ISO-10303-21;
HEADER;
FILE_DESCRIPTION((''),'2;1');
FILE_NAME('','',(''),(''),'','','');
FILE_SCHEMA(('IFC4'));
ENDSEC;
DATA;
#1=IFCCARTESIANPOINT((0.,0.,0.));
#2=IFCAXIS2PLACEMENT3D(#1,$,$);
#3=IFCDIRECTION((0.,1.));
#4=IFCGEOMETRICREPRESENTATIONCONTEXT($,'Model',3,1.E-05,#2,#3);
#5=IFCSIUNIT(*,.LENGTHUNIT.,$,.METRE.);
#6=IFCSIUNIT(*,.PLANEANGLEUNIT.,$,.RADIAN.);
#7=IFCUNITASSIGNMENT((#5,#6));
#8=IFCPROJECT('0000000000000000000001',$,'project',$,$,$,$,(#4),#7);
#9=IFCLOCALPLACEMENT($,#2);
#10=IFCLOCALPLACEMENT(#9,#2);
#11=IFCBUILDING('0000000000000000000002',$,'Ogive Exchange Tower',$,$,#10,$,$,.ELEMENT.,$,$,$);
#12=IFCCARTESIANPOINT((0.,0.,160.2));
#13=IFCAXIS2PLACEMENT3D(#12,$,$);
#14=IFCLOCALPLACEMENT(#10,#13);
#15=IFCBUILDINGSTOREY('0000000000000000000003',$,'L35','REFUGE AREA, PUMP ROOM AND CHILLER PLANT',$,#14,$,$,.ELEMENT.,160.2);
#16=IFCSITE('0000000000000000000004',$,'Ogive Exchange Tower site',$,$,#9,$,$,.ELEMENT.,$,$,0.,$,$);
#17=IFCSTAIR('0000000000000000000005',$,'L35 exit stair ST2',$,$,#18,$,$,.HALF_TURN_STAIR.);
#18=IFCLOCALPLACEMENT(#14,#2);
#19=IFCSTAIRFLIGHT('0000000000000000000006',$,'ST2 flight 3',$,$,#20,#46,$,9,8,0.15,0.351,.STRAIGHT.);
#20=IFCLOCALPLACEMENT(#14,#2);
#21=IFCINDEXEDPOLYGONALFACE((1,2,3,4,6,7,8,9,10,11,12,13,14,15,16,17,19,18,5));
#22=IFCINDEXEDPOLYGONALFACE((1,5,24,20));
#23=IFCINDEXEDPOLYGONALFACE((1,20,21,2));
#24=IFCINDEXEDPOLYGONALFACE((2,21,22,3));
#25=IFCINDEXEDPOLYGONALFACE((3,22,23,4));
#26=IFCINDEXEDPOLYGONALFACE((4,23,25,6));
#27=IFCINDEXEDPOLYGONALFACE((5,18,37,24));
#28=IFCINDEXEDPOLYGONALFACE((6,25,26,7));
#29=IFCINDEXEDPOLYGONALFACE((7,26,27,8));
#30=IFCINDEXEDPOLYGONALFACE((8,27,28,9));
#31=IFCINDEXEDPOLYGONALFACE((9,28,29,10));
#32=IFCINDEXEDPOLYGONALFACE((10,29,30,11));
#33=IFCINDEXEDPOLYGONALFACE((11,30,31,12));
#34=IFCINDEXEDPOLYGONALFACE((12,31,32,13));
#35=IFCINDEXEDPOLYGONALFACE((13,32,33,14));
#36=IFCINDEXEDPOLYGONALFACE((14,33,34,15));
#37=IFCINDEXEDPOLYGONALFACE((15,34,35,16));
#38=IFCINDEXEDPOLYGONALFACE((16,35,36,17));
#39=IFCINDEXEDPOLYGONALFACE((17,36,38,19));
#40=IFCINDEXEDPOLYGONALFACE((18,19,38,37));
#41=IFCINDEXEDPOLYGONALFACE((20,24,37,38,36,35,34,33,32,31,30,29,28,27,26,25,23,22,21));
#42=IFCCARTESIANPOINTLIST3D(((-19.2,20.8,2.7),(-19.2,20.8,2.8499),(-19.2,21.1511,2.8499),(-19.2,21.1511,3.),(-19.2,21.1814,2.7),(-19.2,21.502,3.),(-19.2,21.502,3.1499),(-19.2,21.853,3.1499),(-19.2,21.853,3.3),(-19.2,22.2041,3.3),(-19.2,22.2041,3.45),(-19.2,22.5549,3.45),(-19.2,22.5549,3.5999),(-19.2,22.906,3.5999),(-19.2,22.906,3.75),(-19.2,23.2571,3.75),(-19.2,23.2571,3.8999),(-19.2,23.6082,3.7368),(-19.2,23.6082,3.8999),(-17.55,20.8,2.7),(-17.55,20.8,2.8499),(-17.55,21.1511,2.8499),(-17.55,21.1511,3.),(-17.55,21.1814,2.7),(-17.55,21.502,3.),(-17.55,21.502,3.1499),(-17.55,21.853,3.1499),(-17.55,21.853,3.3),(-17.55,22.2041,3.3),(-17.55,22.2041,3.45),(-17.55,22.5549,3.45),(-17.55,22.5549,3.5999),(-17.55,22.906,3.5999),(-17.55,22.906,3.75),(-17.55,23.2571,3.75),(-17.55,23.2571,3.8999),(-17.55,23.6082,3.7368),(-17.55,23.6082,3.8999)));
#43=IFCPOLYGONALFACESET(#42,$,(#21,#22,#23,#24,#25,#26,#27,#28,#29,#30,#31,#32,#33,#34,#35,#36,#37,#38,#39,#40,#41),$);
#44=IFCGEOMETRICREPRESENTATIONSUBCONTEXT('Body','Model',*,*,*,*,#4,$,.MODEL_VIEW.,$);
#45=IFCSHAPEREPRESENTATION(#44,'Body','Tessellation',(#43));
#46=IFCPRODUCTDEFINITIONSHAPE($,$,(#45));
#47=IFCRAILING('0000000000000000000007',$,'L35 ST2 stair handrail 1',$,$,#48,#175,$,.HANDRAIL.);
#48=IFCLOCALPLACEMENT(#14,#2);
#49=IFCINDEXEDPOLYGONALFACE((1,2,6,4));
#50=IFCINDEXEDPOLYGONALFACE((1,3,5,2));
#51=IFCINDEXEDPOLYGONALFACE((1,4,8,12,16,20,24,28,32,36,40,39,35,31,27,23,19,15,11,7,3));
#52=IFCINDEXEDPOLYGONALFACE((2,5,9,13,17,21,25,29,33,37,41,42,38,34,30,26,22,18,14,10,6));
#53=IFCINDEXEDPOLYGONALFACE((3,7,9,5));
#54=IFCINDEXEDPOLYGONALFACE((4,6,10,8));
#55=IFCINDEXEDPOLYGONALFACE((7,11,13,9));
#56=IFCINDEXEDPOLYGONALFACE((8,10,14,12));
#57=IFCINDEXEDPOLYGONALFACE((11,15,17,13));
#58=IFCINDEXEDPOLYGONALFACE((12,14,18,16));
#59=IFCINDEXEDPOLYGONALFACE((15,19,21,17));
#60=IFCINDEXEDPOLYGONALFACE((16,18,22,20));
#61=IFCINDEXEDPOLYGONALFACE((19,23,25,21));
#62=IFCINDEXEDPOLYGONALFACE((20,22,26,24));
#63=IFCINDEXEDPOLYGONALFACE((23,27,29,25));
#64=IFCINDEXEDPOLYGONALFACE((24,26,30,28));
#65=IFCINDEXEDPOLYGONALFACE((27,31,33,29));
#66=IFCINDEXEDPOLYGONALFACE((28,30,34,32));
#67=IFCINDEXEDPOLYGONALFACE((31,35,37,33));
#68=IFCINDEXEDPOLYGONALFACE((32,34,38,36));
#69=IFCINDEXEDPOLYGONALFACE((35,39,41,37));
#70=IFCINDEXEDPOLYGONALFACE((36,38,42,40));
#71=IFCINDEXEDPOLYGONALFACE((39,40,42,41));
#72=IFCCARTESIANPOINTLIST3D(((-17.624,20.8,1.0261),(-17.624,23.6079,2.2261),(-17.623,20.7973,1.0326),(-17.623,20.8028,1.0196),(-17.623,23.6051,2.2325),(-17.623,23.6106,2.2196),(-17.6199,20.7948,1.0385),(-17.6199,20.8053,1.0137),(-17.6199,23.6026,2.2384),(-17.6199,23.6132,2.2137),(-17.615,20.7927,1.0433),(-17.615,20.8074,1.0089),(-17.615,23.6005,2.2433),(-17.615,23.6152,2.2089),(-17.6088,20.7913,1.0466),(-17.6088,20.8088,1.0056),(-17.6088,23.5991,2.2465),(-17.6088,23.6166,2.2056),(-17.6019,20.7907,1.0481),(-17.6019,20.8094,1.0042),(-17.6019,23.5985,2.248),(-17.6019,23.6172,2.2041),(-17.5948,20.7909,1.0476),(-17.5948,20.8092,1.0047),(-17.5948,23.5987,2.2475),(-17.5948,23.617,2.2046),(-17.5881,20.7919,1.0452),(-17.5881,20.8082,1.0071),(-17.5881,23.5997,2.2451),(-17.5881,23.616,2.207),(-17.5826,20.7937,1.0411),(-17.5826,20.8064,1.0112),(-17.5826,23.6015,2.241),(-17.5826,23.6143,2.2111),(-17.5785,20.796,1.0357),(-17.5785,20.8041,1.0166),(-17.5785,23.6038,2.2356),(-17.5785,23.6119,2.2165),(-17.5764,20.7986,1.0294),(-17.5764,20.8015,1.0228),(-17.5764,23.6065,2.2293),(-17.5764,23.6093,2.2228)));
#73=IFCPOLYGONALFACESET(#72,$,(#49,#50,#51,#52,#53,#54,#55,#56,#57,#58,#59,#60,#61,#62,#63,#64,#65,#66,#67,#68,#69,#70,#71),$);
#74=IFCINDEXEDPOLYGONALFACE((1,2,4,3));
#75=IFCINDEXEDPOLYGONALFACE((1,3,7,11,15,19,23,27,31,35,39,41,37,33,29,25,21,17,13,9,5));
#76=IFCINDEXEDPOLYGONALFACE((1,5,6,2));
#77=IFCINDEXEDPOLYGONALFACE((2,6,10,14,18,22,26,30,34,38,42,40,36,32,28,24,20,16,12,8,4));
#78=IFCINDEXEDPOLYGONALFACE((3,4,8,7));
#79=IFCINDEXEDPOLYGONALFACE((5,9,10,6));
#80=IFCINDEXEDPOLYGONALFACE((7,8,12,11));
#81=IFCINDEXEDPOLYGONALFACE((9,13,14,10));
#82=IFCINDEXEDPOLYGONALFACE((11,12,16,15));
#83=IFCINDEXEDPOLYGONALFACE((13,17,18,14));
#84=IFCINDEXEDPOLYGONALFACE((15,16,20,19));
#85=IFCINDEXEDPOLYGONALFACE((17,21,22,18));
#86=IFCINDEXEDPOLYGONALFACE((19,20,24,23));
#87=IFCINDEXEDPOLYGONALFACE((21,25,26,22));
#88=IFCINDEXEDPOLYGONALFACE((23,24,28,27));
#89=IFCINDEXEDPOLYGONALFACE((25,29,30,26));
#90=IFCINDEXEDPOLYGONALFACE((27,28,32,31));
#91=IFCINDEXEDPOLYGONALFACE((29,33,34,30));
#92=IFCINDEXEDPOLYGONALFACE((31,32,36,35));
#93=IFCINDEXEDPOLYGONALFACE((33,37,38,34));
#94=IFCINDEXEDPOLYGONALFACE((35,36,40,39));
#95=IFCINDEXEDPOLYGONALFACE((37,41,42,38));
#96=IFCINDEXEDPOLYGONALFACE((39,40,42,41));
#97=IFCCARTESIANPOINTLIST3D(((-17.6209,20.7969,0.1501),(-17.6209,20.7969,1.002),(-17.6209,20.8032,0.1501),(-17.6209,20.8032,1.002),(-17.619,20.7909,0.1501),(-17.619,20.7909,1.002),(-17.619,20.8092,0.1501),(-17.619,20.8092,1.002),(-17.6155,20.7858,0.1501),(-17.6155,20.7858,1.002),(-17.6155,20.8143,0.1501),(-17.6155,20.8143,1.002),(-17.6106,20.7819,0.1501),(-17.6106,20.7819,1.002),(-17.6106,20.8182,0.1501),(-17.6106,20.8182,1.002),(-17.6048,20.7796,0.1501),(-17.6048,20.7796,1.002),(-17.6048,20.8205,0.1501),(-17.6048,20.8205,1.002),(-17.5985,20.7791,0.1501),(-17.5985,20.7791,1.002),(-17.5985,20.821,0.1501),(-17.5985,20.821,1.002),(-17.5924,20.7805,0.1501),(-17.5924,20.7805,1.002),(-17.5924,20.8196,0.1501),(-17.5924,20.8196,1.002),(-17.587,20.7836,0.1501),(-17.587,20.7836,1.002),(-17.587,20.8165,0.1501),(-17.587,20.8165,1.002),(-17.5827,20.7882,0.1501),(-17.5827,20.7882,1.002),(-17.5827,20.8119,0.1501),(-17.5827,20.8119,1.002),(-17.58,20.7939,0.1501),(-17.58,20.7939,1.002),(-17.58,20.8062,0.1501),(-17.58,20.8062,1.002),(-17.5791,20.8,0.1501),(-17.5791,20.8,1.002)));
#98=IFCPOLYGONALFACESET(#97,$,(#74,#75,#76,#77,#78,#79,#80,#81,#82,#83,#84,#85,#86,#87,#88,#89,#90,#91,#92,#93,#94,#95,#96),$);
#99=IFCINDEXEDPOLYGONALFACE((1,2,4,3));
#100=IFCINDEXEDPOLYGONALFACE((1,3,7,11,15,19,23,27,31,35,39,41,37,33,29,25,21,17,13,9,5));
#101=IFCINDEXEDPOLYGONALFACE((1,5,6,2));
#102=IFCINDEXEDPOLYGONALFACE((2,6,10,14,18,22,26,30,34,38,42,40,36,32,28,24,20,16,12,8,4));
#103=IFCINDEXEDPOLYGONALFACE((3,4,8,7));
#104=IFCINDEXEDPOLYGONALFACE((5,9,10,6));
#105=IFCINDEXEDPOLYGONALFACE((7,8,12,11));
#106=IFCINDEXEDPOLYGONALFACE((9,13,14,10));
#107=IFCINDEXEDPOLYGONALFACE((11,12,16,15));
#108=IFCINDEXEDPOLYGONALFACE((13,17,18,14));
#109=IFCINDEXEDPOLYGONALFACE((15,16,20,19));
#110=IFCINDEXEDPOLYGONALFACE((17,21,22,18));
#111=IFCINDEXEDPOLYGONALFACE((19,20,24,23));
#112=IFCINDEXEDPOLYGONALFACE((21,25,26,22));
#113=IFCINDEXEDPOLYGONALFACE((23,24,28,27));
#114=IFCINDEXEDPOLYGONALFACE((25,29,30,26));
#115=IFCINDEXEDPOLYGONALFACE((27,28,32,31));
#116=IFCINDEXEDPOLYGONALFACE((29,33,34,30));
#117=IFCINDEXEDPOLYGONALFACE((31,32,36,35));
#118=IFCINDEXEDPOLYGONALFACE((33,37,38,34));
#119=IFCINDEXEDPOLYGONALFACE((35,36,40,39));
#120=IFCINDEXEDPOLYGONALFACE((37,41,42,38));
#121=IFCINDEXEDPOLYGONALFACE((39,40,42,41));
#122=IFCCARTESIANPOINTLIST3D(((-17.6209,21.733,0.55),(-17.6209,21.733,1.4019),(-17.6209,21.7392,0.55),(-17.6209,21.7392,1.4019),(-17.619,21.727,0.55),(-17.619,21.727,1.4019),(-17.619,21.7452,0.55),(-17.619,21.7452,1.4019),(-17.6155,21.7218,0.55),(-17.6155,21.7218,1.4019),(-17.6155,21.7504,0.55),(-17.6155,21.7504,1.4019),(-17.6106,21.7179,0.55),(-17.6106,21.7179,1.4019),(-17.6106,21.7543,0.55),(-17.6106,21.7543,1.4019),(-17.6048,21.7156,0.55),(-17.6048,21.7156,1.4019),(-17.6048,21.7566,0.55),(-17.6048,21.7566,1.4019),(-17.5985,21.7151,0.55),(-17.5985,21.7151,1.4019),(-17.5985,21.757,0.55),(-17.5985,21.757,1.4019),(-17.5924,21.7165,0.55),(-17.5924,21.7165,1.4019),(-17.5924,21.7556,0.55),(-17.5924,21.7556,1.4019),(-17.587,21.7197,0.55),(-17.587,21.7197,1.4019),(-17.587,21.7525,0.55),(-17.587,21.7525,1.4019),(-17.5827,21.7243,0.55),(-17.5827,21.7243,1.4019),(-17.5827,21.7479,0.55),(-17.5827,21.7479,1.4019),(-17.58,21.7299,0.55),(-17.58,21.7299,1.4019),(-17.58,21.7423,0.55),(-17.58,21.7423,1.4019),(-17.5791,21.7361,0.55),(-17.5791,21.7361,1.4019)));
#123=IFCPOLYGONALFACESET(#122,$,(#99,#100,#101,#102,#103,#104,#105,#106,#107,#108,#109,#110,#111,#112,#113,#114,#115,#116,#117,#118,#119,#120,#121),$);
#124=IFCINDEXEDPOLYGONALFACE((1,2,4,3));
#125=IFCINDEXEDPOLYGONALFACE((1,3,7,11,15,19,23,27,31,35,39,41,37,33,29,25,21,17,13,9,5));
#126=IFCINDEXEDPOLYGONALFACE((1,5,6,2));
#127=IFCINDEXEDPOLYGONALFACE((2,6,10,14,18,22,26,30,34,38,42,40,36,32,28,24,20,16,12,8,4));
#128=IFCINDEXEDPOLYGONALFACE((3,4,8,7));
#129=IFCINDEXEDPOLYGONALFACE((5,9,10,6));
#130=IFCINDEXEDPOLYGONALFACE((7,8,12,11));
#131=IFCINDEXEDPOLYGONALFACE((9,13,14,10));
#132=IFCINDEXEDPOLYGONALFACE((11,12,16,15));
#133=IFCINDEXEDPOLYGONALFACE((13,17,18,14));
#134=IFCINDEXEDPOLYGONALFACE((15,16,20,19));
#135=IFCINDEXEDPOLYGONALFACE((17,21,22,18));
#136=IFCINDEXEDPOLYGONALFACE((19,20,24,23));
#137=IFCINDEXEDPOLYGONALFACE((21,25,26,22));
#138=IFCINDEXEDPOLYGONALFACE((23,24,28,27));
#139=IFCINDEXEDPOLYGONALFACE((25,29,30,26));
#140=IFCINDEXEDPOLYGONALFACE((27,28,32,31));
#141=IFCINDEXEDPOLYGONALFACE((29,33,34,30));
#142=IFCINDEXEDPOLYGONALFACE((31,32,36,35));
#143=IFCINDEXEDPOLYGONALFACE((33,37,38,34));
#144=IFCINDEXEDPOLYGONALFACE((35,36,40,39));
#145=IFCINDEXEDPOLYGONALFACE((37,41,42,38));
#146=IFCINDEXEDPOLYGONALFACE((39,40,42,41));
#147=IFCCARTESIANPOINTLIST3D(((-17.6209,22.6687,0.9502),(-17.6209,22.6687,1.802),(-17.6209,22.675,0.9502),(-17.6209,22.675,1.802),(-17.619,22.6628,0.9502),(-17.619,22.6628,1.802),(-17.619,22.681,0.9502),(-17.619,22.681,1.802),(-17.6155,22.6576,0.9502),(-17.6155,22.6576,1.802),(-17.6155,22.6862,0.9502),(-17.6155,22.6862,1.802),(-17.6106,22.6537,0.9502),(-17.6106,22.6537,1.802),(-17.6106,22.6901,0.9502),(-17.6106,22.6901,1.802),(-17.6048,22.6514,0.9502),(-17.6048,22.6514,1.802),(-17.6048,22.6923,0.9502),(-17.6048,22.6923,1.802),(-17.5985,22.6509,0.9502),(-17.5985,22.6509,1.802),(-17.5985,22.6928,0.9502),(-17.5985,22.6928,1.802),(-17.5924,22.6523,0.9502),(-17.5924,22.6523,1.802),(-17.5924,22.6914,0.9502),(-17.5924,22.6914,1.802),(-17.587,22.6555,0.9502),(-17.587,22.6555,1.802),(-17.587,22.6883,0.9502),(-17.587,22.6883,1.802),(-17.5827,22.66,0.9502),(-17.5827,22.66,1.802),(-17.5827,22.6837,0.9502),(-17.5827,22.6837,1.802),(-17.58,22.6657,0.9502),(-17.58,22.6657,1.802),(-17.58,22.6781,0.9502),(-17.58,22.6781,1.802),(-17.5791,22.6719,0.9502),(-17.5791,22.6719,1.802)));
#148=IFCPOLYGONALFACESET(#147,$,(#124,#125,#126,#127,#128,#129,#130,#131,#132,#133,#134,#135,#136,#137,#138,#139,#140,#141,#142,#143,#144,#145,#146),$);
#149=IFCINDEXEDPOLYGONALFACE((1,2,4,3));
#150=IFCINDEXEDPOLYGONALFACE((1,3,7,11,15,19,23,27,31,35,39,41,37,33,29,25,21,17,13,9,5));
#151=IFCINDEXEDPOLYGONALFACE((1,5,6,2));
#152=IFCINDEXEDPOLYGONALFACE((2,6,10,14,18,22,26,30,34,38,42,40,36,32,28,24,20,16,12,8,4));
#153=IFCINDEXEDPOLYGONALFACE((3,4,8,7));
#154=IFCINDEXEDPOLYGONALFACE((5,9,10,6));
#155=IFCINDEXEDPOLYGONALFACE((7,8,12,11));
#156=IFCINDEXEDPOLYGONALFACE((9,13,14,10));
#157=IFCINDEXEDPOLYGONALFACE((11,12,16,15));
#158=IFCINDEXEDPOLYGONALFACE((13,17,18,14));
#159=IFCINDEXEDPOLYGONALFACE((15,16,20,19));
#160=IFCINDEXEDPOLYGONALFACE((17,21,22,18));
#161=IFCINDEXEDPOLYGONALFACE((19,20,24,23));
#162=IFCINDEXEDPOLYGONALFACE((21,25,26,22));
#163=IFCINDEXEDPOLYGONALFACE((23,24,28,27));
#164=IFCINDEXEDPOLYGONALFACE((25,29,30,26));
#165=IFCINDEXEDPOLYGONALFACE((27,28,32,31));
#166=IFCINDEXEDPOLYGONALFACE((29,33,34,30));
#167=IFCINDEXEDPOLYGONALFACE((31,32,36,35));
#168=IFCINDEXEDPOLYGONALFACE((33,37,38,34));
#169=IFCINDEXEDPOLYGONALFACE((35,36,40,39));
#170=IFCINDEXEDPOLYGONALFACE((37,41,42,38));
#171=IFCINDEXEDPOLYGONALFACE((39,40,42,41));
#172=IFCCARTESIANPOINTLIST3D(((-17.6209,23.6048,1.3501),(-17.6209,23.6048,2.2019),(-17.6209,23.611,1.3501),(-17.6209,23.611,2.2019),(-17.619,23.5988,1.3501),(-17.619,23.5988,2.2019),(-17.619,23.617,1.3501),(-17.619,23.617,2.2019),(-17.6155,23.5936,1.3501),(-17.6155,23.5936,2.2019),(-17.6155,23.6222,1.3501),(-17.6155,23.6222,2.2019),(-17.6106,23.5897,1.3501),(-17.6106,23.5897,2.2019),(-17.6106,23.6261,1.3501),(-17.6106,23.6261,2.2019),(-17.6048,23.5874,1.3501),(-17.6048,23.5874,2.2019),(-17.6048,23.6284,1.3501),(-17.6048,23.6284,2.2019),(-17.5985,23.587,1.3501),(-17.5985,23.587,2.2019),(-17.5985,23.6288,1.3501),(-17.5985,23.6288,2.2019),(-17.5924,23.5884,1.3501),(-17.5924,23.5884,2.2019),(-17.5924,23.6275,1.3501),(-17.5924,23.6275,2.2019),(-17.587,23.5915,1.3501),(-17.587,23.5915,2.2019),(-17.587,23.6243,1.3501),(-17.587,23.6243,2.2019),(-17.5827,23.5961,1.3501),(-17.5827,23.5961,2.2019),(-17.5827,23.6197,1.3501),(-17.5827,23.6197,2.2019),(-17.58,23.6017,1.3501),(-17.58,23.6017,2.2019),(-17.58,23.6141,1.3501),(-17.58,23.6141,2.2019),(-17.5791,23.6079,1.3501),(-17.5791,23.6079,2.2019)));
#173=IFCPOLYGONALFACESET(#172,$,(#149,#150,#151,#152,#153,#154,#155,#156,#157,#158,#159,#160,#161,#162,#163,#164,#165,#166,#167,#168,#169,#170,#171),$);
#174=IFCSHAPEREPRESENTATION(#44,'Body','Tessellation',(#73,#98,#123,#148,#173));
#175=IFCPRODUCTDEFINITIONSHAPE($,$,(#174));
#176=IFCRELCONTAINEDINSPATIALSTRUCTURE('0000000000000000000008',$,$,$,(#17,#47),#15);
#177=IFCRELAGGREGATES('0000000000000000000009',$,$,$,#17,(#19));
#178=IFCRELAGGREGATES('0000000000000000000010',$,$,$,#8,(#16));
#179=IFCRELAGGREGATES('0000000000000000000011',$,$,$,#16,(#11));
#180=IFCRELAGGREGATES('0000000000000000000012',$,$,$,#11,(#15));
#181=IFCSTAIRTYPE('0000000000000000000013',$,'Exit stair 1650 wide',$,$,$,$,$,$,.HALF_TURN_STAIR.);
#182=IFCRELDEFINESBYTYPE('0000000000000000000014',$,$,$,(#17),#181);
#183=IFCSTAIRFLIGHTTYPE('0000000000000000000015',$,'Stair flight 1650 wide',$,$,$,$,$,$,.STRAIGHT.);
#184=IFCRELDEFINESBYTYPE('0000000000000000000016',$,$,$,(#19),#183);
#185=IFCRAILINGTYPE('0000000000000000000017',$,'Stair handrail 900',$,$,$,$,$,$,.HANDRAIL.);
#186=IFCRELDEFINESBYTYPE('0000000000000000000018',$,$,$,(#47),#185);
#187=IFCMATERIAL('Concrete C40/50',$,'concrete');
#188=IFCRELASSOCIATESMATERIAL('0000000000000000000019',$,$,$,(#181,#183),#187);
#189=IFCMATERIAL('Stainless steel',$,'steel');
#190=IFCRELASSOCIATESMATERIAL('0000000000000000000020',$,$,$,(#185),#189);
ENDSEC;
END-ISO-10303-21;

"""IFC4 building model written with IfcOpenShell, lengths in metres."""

from ifc_helpers import new_model, si_unit, direction, frame, origin, origin_2d, place, context, subcontext, project, spatial, polyline, circle, outline, extrude, material, type_object, element, aggregate, save


model = new_model("IFC4")

# Units and contexts
model_context = context("Model", 3, precision=1e-05, world=origin(), true_north=direction((0.0, 1.0)))
body_context = subcontext(model_context, "Body", "Model", "MODEL_VIEW")
ifc_project = project(units=[si_unit("LENGTHUNIT", "METRE"), si_unit("PLANEANGLEUNIT", "RADIAN")], contexts=[model_context])

# Site, building, storey
site_placement = place(None, origin())
site = spatial("IfcSite", under=ifc_project, at=site_placement, Name="Ogive Exchange Tower site", CompositionType="ELEMENT", RefElevation=0.0)
building_placement = place(site_placement, origin())
building = spatial("IfcBuilding", under=site, at=building_placement, Name="Ogive Exchange Tower", CompositionType="ELEMENT")
storey_placement = place(building_placement, frame((0.0, 0.0, 160.2)))
storey = spatial("IfcBuildingStorey", under=building, at=storey_placement, Name="L35", Description="REFUGE AREA, PUMP ROOM AND CHILLER PLANT", CompositionType="ELEMENT", Elevation=160.2)

# Stair, stair flight
ifc_material_1 = material(Name="Concrete C40/50", Category="concrete")
stair_type = type_object("IfcStairType", Name="Exit stair 1650 wide", PredefinedType="HALF_TURN_STAIR", material=ifc_material_1)
stair_placement = place(storey_placement, origin())
stair = element("IfcStair", 1, at=stair_placement, inside=storey, type_object=stair_type, Name="L35 exit stair ST2", PredefinedType="HALF_TURN_STAIR")
stair_flight_type = type_object("IfcStairFlightType", Name="Stair flight 1650 wide", PredefinedType="STRAIGHT", material=ifc_material_1)
stair_flight_placement = place(storey_placement, frame((-18.375, 20.8, 2.7), z_axis=(0.0, 0.0, 1.0), x_axis=(0.0, 1.0, 0.0)))
stair_flight = element("IfcStairFlight", 2, at=stair_flight_placement, type_object=stair_flight_type, Name="ST2 flight 3", NumberOfRisers=9, NumberOfTreads=8, PredefinedType="STRAIGHT", RiserHeight=0.15, TreadLength=0.351, context=body_context, shape_type="SweptSolid", body=[
    extrude(outline(polyline([(0.0, 0.0), (0.0, 0.1499), (0.3511, 0.1499), (0.3511, 0.3), (0.7019, 0.3), (0.7019, 0.45), (1.053, 0.45), (1.053, 0.6001), (1.4041, 0.6001), (1.4041, 0.75), (1.7549, 0.75), (1.7549, 0.8999), (2.106, 0.8999), (2.106, 1.05), (2.457, 1.05), (2.457, 1.2), (2.8081, 1.2), (2.8081, 1.3501), (2.8081, 1.0369), (0.3813, 0.0), (0.0, 0.0)])), frame((0.0, 0.825, 0.0), z_axis=(0.0, -1.0, 0.0), x_axis=(1.0, 0.0, 0.0)), (0.0, 0.0, 1.0), 1.6499),
])
aggregate(stair, [stair_flight])

# Railing
ifc_material_2 = material(Name="Stainless steel", Category="steel")
railing_type = type_object("IfcRailingType", Name="Stair handrail 900", PredefinedType="HANDRAIL", material=ifc_material_2)
for number, where, name in (
    (3, (-17.6001, 20.8, 0.1501), "L35 ST2 stair handrail 1"),
):
    element("IfcRailing", number, at=place(storey_placement, frame(where)), inside=storey, type_object=railing_type, Name=name, PredefinedType="HANDRAIL", context=body_context, shape_type="SweptSolid", body=[
        extrude(circle(Radius=0.0239, at=origin_2d()), frame((0.0, 0.0, 0.876), z_axis=(0.0, 0.91955, 0.392973), x_axis=(-1.0, 0.0, 0.0)), (0.0, 0.0, 1.0), 3.0535),
        extrude(circle(Radius=0.021, at=origin_2d()), origin(), (0.0, 0.0, 1.0), 0.8518),
        extrude(circle(Radius=0.021, at=origin_2d()), frame((0.0, 0.936, 0.3999)), (0.0, 0.0, 1.0), 0.8518),
        extrude(circle(Radius=0.021, at=origin_2d()), frame((0.0, 1.8718, 0.8)), (0.0, 0.0, 1.0), 0.8518),
        extrude(circle(Radius=0.021, at=origin_2d()), frame((0.0, 2.8079, 1.2)), (0.0, 0.0, 1.0), 0.8518),
    ])

save(model, "model.ifc")
